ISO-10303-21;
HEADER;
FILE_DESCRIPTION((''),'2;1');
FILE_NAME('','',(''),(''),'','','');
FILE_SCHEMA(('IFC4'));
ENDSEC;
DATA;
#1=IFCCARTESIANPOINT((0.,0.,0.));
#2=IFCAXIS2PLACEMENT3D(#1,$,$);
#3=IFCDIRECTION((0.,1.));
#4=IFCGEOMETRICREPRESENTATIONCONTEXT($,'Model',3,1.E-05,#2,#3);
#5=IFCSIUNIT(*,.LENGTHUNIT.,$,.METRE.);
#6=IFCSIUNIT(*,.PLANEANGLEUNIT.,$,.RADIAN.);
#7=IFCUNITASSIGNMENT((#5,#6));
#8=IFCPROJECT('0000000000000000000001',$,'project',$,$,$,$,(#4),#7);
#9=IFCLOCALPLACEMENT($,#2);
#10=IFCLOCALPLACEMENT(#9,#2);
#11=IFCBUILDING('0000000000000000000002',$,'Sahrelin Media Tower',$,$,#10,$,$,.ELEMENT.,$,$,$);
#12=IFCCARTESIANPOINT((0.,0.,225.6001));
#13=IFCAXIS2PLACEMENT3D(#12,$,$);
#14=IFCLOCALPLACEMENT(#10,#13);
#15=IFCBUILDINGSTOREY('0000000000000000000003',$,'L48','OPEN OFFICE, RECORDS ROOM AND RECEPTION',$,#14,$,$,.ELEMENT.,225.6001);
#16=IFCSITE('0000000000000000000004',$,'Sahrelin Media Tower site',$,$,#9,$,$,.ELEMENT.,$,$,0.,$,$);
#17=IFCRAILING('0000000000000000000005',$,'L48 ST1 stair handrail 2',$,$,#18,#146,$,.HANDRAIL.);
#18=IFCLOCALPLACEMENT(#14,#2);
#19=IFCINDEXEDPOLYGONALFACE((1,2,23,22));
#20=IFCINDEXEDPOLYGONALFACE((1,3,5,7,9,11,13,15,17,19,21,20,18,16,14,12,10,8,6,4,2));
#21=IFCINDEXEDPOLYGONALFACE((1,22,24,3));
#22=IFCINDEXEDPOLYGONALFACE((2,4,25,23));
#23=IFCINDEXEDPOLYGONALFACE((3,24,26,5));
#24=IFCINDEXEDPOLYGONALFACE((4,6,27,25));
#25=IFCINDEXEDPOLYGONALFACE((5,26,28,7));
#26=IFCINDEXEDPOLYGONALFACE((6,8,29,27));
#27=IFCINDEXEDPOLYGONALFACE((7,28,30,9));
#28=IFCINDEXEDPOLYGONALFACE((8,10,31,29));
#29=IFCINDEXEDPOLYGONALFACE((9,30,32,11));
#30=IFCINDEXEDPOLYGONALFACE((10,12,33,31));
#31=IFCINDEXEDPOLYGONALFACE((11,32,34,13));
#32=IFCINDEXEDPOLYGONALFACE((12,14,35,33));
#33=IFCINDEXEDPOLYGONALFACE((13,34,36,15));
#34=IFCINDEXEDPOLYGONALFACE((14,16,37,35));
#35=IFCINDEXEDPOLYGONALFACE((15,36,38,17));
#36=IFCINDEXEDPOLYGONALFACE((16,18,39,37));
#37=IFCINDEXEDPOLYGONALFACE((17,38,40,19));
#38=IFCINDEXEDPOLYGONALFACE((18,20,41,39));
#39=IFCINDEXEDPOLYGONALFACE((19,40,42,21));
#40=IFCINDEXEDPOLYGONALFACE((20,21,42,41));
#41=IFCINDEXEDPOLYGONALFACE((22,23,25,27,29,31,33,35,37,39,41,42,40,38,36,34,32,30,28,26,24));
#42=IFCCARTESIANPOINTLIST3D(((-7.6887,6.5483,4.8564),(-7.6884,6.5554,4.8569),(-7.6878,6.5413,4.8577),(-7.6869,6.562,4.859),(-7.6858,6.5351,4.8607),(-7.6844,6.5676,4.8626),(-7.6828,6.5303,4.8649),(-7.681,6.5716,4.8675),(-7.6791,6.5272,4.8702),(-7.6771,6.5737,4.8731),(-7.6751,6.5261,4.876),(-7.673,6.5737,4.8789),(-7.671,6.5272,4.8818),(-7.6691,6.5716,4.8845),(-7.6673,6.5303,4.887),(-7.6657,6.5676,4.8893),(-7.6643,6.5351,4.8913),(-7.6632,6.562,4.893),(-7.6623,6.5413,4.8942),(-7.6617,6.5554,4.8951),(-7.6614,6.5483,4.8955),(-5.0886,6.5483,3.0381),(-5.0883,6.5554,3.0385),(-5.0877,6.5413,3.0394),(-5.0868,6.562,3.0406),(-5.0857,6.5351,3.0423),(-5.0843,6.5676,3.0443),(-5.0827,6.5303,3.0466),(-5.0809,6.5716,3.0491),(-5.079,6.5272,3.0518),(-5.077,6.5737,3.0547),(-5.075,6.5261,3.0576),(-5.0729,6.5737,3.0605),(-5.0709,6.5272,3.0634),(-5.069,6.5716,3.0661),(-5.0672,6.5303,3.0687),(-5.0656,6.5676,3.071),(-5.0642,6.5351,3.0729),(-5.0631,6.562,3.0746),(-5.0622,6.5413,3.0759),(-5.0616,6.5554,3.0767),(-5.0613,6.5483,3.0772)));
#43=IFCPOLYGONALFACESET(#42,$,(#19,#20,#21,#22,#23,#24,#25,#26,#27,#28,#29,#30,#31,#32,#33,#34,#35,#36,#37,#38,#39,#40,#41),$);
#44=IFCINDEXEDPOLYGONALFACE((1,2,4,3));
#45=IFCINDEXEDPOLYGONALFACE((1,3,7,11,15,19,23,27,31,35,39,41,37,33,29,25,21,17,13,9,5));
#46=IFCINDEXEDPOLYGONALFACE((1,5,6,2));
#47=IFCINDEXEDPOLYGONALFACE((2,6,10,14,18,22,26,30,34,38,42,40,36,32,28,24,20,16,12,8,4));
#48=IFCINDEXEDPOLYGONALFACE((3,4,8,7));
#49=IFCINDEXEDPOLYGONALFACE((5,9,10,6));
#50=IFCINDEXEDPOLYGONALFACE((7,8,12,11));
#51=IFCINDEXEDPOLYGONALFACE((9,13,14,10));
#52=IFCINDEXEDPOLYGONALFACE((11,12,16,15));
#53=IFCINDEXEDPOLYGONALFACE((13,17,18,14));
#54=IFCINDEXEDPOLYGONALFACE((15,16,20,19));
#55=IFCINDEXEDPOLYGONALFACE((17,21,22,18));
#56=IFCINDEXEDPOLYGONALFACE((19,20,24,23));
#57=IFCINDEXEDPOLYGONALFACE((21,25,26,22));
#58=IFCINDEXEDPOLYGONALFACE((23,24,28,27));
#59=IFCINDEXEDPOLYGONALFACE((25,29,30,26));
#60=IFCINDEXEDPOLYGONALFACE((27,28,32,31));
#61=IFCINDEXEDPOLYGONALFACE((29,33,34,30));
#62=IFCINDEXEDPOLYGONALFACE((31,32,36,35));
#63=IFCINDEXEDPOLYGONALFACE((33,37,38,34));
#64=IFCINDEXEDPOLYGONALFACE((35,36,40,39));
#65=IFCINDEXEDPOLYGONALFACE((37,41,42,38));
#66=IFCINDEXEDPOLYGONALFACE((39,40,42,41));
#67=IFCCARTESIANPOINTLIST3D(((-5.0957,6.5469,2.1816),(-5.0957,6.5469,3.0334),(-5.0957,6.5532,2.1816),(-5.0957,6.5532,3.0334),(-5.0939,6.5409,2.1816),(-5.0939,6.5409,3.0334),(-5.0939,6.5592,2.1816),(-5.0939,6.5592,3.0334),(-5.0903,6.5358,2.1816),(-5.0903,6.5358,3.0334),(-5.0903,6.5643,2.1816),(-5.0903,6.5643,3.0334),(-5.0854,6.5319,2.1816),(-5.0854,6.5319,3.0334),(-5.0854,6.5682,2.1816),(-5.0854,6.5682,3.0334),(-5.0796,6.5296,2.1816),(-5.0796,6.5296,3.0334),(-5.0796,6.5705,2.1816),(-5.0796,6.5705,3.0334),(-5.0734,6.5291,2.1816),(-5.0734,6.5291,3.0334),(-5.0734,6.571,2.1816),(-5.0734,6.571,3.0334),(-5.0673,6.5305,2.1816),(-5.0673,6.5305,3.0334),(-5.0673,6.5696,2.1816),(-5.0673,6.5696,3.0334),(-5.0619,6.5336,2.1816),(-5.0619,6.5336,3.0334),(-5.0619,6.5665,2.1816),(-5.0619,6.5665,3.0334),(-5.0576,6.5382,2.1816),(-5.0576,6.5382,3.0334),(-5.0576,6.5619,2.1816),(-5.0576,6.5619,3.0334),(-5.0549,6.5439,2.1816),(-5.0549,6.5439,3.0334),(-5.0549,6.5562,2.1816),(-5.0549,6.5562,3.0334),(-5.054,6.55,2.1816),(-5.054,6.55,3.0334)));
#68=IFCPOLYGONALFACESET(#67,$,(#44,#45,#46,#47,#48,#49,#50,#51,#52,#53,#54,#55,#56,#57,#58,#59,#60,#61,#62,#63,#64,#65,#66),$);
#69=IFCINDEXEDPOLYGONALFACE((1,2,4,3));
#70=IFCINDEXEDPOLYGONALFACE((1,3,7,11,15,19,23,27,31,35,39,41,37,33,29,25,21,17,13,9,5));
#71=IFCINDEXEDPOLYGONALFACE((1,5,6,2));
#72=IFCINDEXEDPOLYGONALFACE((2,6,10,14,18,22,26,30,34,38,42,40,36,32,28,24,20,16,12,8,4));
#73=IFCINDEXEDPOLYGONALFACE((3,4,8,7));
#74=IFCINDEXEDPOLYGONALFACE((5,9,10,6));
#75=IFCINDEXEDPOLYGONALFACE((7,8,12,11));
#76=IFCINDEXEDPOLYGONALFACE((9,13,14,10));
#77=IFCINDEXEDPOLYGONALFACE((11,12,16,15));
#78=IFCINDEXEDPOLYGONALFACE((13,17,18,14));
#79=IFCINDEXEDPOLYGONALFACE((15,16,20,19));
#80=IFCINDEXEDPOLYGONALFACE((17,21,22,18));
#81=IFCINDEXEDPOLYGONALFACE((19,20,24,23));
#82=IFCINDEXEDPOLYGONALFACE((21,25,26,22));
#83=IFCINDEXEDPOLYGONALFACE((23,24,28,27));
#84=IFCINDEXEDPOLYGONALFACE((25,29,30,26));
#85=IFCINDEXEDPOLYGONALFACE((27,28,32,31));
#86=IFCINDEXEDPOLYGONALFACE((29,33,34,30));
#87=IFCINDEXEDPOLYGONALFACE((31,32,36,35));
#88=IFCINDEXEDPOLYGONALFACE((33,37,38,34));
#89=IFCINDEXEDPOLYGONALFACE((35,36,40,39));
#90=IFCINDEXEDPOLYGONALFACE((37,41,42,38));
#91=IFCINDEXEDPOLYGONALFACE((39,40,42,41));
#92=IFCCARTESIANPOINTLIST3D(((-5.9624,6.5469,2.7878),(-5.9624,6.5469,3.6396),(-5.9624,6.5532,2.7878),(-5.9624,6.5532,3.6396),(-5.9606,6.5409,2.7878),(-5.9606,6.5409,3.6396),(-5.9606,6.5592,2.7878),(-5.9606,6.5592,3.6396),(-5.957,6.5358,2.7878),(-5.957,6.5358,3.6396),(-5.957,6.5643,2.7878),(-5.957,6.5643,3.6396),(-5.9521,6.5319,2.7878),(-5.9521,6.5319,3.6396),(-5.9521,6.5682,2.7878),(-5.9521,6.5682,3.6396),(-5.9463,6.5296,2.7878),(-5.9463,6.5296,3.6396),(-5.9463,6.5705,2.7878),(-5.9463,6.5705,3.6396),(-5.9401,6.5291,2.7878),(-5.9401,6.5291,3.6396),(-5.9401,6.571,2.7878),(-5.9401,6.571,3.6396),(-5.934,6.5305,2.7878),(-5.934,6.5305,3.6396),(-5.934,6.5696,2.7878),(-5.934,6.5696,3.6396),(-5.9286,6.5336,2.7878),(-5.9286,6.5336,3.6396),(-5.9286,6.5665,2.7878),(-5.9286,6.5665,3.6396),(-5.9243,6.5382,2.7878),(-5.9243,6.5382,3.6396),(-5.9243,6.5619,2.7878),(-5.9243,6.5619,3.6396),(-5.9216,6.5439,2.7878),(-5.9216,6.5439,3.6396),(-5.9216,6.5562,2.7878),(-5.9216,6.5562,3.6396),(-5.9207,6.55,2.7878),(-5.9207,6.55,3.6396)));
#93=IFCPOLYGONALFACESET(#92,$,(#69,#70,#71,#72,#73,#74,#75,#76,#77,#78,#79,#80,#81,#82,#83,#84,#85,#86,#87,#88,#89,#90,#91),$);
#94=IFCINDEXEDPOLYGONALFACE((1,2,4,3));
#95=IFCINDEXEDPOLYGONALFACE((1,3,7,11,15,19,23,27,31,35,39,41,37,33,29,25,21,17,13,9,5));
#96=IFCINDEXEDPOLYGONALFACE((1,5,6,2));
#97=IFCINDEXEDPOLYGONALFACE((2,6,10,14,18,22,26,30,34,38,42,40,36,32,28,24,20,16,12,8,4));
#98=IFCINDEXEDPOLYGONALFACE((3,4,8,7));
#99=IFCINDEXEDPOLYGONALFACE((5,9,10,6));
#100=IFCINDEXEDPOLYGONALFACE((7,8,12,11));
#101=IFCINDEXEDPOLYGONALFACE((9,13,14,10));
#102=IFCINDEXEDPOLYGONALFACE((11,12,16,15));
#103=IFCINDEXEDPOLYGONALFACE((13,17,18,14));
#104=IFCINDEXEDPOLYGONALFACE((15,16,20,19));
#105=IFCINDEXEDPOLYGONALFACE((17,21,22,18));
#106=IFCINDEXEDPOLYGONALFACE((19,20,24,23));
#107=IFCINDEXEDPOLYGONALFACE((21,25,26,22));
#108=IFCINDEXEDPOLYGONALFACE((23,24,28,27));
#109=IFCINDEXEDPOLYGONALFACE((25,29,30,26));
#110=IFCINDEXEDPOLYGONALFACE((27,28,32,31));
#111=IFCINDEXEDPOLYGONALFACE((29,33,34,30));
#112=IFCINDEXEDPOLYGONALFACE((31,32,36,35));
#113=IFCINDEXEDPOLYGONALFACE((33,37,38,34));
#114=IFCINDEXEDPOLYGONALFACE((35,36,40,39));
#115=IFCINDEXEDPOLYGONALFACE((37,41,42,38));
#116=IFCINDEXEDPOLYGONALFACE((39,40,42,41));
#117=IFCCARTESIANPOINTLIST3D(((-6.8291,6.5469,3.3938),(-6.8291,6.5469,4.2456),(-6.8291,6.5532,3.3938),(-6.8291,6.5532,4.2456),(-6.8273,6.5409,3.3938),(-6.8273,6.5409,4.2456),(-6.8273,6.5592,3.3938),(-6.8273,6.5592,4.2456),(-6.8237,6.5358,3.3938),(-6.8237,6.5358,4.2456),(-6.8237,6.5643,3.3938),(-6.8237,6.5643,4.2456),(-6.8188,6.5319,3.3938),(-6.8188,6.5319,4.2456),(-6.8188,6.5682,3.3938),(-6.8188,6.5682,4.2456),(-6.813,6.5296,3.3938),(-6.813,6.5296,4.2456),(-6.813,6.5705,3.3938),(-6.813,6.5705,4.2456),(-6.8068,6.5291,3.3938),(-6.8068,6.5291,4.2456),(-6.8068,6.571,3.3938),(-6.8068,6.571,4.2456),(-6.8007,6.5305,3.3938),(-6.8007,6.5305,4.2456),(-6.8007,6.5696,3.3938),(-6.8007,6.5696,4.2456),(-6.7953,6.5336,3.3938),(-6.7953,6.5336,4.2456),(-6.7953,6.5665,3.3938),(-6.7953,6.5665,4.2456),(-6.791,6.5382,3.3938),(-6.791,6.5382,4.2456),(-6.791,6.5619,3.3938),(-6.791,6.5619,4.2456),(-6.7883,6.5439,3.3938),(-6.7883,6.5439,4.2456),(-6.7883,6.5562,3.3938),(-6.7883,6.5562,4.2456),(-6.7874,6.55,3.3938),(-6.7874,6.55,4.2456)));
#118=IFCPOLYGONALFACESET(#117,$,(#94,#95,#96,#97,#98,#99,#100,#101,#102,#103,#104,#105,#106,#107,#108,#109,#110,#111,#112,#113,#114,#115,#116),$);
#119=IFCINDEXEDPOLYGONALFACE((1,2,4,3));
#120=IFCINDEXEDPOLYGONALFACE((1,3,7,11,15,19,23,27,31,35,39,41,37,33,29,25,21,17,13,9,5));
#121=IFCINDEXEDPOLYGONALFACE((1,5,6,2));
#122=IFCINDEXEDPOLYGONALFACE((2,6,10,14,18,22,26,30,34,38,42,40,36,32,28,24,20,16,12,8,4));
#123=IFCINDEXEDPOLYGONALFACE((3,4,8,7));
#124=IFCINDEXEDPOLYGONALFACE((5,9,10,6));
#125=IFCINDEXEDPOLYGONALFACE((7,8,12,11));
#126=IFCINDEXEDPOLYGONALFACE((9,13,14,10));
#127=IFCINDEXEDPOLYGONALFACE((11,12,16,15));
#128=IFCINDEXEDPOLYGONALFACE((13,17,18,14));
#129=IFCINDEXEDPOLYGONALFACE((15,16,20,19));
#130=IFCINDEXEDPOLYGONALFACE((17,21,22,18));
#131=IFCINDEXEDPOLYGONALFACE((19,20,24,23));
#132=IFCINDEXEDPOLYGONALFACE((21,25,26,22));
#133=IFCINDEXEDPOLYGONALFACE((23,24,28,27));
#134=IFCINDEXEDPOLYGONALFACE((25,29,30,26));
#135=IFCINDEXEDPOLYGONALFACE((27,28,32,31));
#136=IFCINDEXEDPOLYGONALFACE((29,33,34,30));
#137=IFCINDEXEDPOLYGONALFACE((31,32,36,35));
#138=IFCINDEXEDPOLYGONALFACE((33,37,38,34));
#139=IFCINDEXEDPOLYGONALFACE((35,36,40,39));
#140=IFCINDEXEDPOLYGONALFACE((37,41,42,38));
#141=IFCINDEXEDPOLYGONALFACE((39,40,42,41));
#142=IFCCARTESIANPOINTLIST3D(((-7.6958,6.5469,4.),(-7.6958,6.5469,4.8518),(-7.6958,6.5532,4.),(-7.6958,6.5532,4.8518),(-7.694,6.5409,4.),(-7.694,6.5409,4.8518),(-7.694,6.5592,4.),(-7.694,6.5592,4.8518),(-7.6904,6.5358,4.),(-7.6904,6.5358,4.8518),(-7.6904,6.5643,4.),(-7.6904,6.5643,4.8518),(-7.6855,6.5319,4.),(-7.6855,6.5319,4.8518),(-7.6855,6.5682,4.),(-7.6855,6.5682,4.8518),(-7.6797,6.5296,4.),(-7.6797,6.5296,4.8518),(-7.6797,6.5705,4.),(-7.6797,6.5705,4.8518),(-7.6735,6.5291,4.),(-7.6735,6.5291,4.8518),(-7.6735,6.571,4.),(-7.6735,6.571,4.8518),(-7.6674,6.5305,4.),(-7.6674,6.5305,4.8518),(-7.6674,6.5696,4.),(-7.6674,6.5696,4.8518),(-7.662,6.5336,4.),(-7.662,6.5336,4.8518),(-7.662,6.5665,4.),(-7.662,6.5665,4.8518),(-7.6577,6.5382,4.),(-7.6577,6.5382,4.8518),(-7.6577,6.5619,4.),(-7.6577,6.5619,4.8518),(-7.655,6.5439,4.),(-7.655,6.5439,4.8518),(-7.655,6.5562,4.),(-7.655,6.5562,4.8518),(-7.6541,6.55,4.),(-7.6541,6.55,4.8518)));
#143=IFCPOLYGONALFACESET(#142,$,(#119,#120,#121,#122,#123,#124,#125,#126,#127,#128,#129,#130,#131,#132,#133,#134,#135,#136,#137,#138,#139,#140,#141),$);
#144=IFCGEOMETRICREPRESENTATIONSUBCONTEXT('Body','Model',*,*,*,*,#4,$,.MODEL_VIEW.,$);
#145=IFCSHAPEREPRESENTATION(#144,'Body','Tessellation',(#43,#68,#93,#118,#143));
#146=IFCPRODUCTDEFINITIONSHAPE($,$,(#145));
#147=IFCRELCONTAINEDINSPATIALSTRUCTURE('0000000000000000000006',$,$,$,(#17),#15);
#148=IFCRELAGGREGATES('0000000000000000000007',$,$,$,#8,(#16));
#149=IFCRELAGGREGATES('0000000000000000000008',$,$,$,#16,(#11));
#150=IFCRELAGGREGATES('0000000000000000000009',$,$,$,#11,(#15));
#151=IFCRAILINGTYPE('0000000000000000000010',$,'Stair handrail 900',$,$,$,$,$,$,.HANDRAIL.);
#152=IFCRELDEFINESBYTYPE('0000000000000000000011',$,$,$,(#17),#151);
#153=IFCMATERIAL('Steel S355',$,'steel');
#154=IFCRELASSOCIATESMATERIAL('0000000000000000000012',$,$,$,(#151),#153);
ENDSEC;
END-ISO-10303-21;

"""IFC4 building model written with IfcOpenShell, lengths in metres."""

from ifc_helpers import new_model, si_unit, direction, frame, origin, origin_2d, place, context, subcontext, project, spatial, circle, extrude, material, type_object, element, save


model = new_model("IFC4")

# Units and contexts
model_context = context("Model", 3, precision=1e-05, world=origin(), true_north=direction((0.0, 1.0)))
body_context = subcontext(model_context, "Body", "Model", "MODEL_VIEW")
ifc_project = project(units=[si_unit("LENGTHUNIT", "METRE"), si_unit("PLANEANGLEUNIT", "RADIAN")], contexts=[model_context])

# Site, building, storey
site_placement = place(None, origin())
site = spatial("IfcSite", under=ifc_project, at=site_placement, Name="Sahrelin Media Tower site", CompositionType="ELEMENT", RefElevation=0.0)
building_placement = place(site_placement, origin())
building = spatial("IfcBuilding", under=site, at=building_placement, Name="Sahrelin Media Tower", CompositionType="ELEMENT")
storey_placement = place(building_placement, frame((0.0, 0.0, 225.6001)))
storey = spatial("IfcBuildingStorey", under=building, at=storey_placement, Name="L48", Description="OPEN OFFICE, RECORDS ROOM AND RECEPTION", CompositionType="ELEMENT", Elevation=225.6001)

# Shared definitions
ifc_material_1 = material(Name="Steel S355", Category="steel")

# Railing
railing_type_1 = type_object("IfcRailingType", Name="Stair handrail 900", PredefinedType="HANDRAIL", material=ifc_material_1)
railing_1_placement = place(storey_placement, frame((-5.075, 6.55, 2.1816)))
element("IfcRailing", 1, at=railing_1_placement, inside=storey, type_object=railing_type_1, Name="L48 ST1 stair handrail 2", PredefinedType="HANDRAIL", context=body_context, shape_type="SweptSolid", body=[
    extrude(circle(Radius=0.0239, at=origin_2d()), frame((0.0, 0.0, 0.876), z_axis=(-0.819485, 0.0, 0.573101), x_axis=(0.0, -1.0, 0.0)), (0.0, 0.0, 1.0), 3.1729),
    extrude(circle(Radius=0.021, at=origin_2d()), origin(), (0.0, 0.0, 1.0), 0.8518),
    extrude(circle(Radius=0.021, at=origin_2d()), frame((-0.8667, 0.0, 0.6062)), (0.0, 0.0, 1.0), 0.8518),
    extrude(circle(Radius=0.021, at=origin_2d()), frame((-1.7334, 0.0, 1.2122)), (0.0, 0.0, 1.0), 0.8518),
    extrude(circle(Radius=0.021, at=origin_2d()), frame((-2.6001, 0.0, 1.8184)), (0.0, 0.0, 1.0), 0.8518),
])

save(model, "model.ifc")
